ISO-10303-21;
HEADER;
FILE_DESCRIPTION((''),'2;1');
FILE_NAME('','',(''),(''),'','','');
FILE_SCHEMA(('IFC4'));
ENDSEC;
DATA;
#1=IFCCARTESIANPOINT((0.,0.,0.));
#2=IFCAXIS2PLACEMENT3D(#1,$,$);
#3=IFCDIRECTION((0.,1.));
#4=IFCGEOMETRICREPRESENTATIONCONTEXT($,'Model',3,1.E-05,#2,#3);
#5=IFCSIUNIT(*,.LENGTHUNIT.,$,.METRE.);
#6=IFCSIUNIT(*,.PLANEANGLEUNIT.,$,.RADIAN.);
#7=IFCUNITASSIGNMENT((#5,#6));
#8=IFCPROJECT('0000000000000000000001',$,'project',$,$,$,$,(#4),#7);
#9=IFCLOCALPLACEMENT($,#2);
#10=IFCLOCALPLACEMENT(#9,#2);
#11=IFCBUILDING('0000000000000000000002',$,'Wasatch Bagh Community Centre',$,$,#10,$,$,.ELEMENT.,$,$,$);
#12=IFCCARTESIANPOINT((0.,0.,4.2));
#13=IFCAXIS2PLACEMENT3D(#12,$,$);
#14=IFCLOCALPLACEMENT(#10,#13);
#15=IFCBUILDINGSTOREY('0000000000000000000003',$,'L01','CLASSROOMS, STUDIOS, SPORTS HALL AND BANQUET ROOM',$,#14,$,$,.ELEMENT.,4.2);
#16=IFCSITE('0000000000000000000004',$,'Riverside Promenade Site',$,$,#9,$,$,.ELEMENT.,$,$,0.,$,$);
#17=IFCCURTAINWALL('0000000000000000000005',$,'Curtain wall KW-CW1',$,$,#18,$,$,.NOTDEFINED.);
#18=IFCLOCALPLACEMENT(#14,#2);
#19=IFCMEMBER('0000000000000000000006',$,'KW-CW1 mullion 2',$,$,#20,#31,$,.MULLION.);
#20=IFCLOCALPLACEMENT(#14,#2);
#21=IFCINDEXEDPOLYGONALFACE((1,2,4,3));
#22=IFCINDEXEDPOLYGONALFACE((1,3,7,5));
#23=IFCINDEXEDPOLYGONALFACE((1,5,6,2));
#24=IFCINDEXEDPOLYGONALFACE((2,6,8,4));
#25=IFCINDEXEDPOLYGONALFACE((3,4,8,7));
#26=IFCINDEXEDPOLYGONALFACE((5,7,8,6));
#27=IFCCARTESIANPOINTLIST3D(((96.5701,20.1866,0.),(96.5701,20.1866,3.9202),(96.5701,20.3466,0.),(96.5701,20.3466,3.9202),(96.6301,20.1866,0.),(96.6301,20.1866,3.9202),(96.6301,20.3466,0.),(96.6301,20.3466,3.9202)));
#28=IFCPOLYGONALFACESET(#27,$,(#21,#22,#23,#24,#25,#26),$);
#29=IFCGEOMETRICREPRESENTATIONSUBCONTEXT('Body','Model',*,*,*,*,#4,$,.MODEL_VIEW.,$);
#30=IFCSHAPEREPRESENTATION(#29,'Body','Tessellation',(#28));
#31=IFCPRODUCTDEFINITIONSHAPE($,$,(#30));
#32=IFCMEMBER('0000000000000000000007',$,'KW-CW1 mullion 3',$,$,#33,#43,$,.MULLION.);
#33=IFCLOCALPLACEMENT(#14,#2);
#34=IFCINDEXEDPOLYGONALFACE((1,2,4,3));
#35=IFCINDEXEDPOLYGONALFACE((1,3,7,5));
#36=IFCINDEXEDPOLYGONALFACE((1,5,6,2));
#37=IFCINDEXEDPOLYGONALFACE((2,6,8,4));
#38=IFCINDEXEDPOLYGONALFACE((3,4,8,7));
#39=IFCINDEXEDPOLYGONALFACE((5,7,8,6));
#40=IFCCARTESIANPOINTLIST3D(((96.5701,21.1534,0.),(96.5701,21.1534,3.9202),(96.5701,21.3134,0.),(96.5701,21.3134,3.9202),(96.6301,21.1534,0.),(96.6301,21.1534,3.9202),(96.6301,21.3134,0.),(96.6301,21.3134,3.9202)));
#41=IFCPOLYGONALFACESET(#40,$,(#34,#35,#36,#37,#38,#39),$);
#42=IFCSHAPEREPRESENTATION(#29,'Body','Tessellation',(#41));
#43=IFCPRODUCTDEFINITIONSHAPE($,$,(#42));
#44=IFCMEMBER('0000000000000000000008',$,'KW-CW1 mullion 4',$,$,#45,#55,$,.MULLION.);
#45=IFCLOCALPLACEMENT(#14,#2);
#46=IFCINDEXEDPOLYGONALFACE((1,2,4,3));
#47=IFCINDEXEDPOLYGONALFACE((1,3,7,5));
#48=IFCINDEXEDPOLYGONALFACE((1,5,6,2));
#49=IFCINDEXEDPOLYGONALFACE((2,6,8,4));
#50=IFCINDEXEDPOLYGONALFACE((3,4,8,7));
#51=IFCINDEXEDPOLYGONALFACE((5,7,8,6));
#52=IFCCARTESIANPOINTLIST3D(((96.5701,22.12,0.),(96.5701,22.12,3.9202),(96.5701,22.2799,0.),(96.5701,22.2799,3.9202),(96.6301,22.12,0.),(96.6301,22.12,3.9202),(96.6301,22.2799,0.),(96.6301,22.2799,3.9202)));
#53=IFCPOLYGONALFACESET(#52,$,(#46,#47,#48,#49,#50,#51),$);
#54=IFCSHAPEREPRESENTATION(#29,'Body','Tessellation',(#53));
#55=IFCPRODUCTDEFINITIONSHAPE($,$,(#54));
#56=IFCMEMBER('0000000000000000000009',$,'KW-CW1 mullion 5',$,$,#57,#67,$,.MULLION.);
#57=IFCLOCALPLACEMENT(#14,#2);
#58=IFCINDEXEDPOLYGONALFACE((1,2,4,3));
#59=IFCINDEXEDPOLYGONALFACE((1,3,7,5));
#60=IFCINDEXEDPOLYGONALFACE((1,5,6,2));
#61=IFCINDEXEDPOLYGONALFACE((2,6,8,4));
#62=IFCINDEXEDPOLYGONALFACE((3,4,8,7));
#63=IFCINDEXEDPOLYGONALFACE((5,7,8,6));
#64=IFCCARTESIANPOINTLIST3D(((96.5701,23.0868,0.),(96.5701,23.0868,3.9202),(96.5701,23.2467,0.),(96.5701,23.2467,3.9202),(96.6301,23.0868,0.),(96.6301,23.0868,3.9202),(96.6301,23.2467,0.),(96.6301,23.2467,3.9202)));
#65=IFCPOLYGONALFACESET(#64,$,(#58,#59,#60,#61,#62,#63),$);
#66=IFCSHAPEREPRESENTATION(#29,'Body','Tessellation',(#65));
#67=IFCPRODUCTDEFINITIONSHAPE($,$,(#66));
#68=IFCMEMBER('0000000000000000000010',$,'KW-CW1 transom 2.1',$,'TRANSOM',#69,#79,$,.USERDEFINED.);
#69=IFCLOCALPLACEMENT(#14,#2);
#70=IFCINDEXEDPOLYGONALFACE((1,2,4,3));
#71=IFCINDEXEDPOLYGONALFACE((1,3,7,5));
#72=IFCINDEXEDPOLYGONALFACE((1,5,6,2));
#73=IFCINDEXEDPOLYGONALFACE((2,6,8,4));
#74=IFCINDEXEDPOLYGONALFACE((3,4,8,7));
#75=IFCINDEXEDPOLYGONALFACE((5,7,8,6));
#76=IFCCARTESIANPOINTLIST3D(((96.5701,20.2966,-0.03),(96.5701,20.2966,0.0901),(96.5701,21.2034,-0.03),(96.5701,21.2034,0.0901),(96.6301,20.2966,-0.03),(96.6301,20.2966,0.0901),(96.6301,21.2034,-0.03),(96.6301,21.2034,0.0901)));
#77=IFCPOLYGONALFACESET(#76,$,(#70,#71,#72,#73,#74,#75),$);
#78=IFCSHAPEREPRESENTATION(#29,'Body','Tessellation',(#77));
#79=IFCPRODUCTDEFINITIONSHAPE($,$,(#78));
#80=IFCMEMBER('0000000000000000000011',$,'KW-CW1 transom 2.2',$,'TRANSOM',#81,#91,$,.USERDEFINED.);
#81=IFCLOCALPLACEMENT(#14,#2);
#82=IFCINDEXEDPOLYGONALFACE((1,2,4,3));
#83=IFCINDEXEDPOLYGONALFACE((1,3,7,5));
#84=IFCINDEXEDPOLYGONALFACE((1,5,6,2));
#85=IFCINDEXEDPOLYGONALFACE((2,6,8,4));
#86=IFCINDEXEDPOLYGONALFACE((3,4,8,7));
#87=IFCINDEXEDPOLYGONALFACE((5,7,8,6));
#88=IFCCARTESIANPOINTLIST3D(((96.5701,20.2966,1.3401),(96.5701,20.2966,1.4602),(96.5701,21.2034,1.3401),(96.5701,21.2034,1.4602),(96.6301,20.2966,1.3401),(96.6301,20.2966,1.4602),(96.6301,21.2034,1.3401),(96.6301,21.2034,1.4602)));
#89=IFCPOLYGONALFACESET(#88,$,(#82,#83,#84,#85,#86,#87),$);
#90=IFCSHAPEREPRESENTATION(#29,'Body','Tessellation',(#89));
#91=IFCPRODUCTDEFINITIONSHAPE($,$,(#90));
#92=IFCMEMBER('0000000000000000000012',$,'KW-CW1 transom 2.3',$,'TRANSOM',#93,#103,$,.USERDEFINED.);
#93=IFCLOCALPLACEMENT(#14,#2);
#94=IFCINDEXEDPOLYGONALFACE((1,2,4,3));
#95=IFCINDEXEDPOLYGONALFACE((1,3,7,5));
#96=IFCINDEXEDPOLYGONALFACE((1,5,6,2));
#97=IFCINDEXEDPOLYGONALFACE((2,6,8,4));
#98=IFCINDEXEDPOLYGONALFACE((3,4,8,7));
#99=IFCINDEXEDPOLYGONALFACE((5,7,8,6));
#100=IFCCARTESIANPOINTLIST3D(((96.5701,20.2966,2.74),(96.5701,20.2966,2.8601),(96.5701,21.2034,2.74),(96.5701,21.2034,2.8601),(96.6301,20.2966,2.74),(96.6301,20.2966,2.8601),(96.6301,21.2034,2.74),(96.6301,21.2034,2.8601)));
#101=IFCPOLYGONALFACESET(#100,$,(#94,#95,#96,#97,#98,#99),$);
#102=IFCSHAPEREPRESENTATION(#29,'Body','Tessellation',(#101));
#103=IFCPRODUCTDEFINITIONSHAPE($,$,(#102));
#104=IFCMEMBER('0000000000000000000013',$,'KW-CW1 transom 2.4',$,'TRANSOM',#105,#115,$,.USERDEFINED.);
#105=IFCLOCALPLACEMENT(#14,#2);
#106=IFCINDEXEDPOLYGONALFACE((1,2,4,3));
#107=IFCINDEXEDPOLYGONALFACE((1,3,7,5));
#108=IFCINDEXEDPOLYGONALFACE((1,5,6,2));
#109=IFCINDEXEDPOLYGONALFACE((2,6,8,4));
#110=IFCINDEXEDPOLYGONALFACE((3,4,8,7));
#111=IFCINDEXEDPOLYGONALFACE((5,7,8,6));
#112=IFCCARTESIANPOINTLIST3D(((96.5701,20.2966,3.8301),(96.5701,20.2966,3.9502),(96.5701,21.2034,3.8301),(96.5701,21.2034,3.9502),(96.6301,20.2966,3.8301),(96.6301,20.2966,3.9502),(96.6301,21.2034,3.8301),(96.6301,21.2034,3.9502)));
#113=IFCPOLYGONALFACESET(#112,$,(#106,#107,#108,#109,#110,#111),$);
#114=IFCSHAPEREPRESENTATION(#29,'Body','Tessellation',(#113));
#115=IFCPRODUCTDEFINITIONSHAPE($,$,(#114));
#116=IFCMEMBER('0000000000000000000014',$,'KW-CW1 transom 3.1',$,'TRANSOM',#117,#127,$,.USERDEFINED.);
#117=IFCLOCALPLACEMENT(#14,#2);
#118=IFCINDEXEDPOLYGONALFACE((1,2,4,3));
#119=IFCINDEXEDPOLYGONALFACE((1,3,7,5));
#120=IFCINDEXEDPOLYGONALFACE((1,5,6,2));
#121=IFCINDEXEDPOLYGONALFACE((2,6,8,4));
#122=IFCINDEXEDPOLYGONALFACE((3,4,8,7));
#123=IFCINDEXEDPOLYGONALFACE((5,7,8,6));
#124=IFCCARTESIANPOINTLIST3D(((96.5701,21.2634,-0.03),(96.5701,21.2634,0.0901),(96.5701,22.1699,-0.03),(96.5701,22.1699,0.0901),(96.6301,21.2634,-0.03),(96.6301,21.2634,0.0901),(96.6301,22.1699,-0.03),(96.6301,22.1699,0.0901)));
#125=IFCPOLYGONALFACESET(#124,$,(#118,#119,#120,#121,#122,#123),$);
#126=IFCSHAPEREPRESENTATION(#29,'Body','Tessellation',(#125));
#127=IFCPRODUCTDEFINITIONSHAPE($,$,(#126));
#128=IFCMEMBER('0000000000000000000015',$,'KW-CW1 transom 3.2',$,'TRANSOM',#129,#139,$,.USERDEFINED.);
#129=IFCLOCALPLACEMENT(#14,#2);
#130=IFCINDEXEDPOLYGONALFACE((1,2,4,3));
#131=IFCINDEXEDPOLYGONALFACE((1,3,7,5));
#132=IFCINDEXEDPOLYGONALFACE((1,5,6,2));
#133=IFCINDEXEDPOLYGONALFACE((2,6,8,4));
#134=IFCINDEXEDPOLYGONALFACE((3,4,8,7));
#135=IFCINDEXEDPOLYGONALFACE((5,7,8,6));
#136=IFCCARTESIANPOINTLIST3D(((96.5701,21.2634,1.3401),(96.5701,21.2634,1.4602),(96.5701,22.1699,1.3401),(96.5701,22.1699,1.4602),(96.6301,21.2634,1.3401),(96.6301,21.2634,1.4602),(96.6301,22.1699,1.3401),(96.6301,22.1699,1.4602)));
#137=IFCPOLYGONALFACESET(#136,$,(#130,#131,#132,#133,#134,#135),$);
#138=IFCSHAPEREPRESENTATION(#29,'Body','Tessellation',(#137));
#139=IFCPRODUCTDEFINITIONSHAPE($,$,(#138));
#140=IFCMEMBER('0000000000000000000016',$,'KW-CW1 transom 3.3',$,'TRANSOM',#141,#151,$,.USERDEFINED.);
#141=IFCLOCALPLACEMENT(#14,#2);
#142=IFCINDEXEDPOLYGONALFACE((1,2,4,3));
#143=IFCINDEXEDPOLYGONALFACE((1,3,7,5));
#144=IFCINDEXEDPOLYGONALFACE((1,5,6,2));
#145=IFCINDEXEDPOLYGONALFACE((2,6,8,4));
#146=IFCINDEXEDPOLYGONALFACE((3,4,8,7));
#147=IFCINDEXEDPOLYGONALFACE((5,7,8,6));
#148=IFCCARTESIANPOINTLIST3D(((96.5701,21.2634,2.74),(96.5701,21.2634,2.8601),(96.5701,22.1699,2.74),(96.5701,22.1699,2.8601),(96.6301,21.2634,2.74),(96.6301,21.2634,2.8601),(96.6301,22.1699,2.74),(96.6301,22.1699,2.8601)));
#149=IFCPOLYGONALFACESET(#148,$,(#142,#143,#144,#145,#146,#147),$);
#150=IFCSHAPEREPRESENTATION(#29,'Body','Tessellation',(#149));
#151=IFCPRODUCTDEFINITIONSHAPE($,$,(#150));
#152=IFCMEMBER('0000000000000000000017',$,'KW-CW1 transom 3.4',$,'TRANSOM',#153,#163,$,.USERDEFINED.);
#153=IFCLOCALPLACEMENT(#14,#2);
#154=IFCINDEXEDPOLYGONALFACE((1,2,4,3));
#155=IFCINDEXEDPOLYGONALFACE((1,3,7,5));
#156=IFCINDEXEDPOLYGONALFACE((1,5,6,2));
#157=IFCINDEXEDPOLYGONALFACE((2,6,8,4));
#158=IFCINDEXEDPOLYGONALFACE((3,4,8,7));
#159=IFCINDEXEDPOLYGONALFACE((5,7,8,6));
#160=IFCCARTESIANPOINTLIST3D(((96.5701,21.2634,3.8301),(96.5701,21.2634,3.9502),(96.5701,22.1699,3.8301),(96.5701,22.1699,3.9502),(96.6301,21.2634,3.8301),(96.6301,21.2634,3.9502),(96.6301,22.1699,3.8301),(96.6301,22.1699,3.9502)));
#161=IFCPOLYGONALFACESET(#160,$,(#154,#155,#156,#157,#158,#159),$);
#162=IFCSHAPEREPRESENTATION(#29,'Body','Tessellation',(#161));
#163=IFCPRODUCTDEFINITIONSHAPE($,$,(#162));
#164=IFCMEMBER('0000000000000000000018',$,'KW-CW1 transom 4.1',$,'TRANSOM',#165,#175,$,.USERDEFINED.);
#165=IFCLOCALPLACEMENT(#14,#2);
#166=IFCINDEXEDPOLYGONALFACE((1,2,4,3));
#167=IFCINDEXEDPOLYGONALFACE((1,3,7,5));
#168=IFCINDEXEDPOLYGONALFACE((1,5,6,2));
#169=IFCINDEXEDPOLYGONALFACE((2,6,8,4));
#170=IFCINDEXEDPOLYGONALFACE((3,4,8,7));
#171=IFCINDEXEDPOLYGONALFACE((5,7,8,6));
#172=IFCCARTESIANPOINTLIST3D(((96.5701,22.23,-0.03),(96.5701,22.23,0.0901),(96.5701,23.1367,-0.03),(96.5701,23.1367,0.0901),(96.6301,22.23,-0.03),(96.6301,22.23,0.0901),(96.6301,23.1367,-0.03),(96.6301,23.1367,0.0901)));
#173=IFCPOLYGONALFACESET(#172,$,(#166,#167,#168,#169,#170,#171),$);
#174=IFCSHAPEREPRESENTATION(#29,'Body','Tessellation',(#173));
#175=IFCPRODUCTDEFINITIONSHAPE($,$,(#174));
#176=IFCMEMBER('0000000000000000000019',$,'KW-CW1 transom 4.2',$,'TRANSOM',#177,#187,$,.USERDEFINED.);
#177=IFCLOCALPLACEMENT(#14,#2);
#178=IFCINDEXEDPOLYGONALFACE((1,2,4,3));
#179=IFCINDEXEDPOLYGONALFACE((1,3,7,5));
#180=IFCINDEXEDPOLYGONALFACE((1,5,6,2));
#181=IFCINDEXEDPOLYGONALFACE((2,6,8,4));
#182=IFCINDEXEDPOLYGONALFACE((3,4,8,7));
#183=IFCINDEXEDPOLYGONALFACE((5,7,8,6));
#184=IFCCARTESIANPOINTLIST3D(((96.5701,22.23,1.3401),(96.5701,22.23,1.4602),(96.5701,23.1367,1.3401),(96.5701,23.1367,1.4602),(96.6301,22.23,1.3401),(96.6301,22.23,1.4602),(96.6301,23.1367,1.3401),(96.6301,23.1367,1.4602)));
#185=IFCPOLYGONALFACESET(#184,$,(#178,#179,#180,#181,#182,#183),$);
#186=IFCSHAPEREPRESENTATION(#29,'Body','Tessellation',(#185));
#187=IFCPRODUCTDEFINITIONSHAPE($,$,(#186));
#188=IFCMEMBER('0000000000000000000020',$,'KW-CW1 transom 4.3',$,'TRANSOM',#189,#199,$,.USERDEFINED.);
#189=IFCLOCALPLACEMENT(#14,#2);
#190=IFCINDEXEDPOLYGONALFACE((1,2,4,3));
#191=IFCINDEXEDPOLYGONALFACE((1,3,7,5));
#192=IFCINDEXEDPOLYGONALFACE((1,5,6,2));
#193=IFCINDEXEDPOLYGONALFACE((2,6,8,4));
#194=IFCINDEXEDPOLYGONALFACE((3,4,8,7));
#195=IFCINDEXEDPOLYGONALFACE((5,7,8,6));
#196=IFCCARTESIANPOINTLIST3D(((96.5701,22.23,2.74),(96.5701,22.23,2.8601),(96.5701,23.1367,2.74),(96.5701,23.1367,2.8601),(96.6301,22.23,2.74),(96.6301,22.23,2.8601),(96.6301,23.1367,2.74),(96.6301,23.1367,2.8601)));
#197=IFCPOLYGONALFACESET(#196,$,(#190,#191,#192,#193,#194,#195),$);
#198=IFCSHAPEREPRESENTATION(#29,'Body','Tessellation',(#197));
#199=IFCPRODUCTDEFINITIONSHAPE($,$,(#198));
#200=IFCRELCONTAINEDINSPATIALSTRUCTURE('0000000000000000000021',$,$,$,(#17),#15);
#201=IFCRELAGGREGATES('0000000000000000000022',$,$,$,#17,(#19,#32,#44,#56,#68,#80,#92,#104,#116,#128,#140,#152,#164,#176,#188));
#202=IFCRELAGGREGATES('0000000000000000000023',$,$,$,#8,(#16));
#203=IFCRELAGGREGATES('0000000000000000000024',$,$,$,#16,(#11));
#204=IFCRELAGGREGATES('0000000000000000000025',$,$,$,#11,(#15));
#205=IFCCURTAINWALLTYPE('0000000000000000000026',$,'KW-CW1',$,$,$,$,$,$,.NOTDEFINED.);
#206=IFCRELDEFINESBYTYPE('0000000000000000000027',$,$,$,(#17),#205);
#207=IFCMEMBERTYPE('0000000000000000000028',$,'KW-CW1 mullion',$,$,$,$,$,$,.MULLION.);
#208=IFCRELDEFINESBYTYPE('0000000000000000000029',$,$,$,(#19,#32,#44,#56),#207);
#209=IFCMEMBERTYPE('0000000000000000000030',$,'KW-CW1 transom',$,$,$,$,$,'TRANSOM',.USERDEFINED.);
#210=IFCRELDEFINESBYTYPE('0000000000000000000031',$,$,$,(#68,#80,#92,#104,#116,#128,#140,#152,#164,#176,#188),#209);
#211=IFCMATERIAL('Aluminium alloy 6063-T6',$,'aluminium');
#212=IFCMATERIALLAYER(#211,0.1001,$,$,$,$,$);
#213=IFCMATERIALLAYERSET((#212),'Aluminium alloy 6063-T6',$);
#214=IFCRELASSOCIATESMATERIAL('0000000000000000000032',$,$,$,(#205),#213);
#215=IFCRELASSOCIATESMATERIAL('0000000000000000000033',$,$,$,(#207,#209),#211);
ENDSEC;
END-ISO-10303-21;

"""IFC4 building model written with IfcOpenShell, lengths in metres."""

from ifc_helpers import new_model, si_unit, direction, frame, origin, origin_2d, place, context, subcontext, project, spatial, rectangle, extrude, material, layer, layer_set, material_profile, profile_set, type_object, element, aggregate, save


model = new_model("IFC4")

# Units and contexts
model_context = context("Model", 3, precision=1e-05, world=origin(), true_north=direction((0.0, 1.0)))
body_context = subcontext(model_context, "Body", "Model", "MODEL_VIEW")
ifc_project = project(units=[si_unit("LENGTHUNIT", "METRE"), si_unit("PLANEANGLEUNIT", "RADIAN")], contexts=[model_context])

# Site, building, storey
site_placement = place(None, origin())
site = spatial("IfcSite", under=ifc_project, at=site_placement, Name="Riverside Promenade Site", CompositionType="ELEMENT", RefElevation=0.0)
building_placement = place(site_placement, origin())
building = spatial("IfcBuilding", under=site, at=building_placement, Name="Wasatch Bagh Community Centre", CompositionType="ELEMENT")
storey_placement = place(building_placement, frame((0.0, 0.0, 4.2)))
storey = spatial("IfcBuildingStorey", under=building, at=storey_placement, Name="L01", Description="CLASSROOMS, STUDIOS, SPORTS HALL AND BANQUET ROOM", CompositionType="ELEMENT", Elevation=4.2)

# Curtain wall, members
ifc_material_1 = material(Name="Aluminium alloy 6063-T6", Category="aluminium")
ifc_layer_1 = layer(ifc_material_1, 0.1001)
ifc_layer_set_1 = layer_set([ifc_layer_1], Name="Aluminium alloy 6063-T6")
curtain_wall_type_1 = type_object("IfcCurtainWallType", Name="KW-CW1", PredefinedType="NOTDEFINED", material=ifc_layer_set_1)
curtain_wall_1_placement = place(storey_placement, origin())
curtain_wall_1 = element("IfcCurtainWall", 1, at=curtain_wall_1_placement, inside=storey, type_object=curtain_wall_type_1, Name="Curtain wall KW-CW1", PredefinedType="NOTDEFINED")
ifc_material_profile_1 = material_profile(ifc_material_1, rectangle(XDim=0.0601, YDim=0.1599, at=origin_2d()), Name="AL 60x160")
ifc_profile_set_1 = profile_set([ifc_material_profile_1], Name="Aluminium alloy 6063-T6")
member_type_1 = type_object("IfcMemberType", Name="KW-CW1 mullion", PredefinedType="MULLION", material=ifc_profile_set_1)
member_1_placement = place(storey_placement, frame((96.6001, 20.2666, 0.0), z_axis=(0.0, 0.0, 1.0), x_axis=(-1.0, 0.0, 0.0)))
member_1 = element("IfcMember", 2, at=member_1_placement, type_object=member_type_1, Name="KW-CW1 mullion 2", PredefinedType="MULLION", context=body_context, shape_type="SweptSolid", body=[
    extrude(rectangle(XDim=0.0601, YDim=0.1599, at=origin_2d()), origin(), (0.0, 0.0, 1.0), 3.9202),
])
member_2_placement = place(storey_placement, frame((96.6001, 21.2334, 0.0), z_axis=(0.0, 0.0, 1.0), x_axis=(-1.0, 0.0, 0.0)))
member_2 = element("IfcMember", 3, at=member_2_placement, type_object=member_type_1, Name="KW-CW1 mullion 3", PredefinedType="MULLION", context=body_context, shape_type="SweptSolid", body=[
    extrude(rectangle(XDim=0.0601, YDim=0.1599, at=origin_2d()), origin(), (0.0, 0.0, 1.0), 3.9202),
])
member_3_placement = place(storey_placement, frame((96.6001, 22.2, 0.0), z_axis=(0.0, 0.0, 1.0), x_axis=(-1.0, 0.0, 0.0)))
member_3 = element("IfcMember", 4, at=member_3_placement, type_object=member_type_1, Name="KW-CW1 mullion 4", PredefinedType="MULLION", context=body_context, shape_type="SweptSolid", body=[
    extrude(rectangle(XDim=0.0601, YDim=0.1599, at=origin_2d()), origin(), (0.0, 0.0, 1.0), 3.9202),
])
member_4_placement = place(storey_placement, frame((96.6001, 23.1667, 0.0), z_axis=(0.0, 0.0, 1.0), x_axis=(-1.0, 0.0, 0.0)))
member_4 = element("IfcMember", 5, at=member_4_placement, type_object=member_type_1, Name="KW-CW1 mullion 5", PredefinedType="MULLION", context=body_context, shape_type="SweptSolid", body=[
    extrude(rectangle(XDim=0.0601, YDim=0.1599, at=origin_2d()), origin(), (0.0, 0.0, 1.0), 3.9202),
])
ifc_material_profile_2 = material_profile(ifc_material_1, rectangle(XDim=0.0601, YDim=0.1201, at=origin_2d()), Name="AL 60x120")
ifc_profile_set_2 = profile_set([ifc_material_profile_2], Name="Aluminium alloy 6063-T6")
member_type_2 = type_object("IfcMemberType", Name="KW-CW1 transom", ElementType="TRANSOM", PredefinedType="USERDEFINED", material=ifc_profile_set_2)
member_5_placement = place(storey_placement, frame((96.6001, 20.2966, 0.03), z_axis=(0.0, 1.0, 0.0), x_axis=(-1.0, 0.0, 0.0)))
member_5 = element("IfcMember", 6, at=member_5_placement, type_object=member_type_2, Name="KW-CW1 transom 2.1", ObjectType="TRANSOM", PredefinedType="USERDEFINED", context=body_context, shape_type="SweptSolid", body=[
    extrude(rectangle(XDim=0.0601, YDim=0.1201, at=origin_2d()), origin(), (0.0, 0.0, 1.0), 0.9067),
])
member_6_placement = place(storey_placement, frame((96.6001, 20.2966, 1.4001), z_axis=(0.0, 1.0, 0.0), x_axis=(-1.0, 0.0, 0.0)))
member_6 = element("IfcMember", 7, at=member_6_placement, type_object=member_type_2, Name="KW-CW1 transom 2.2", ObjectType="TRANSOM", PredefinedType="USERDEFINED", context=body_context, shape_type="SweptSolid", body=[
    extrude(rectangle(XDim=0.0601, YDim=0.1201, at=origin_2d()), origin(), (0.0, 0.0, 1.0), 0.9067),
])
member_7_placement = place(storey_placement, frame((96.6001, 20.2966, 2.8), z_axis=(0.0, 1.0, 0.0), x_axis=(-1.0, 0.0, 0.0)))
member_7 = element("IfcMember", 8, at=member_7_placement, type_object=member_type_2, Name="KW-CW1 transom 2.3", ObjectType="TRANSOM", PredefinedType="USERDEFINED", context=body_context, shape_type="SweptSolid", body=[
    extrude(rectangle(XDim=0.0601, YDim=0.1201, at=origin_2d()), origin(), (0.0, 0.0, 1.0), 0.9067),
])
member_8_placement = place(storey_placement, frame((96.6001, 20.2966, 3.8901), z_axis=(0.0, 1.0, 0.0), x_axis=(-1.0, 0.0, 0.0)))
member_8 = element("IfcMember", 9, at=member_8_placement, type_object=member_type_2, Name="KW-CW1 transom 2.4", ObjectType="TRANSOM", PredefinedType="USERDEFINED", context=body_context, shape_type="SweptSolid", body=[
    extrude(rectangle(XDim=0.0601, YDim=0.1201, at=origin_2d()), origin(), (0.0, 0.0, 1.0), 0.9067),
])
member_9_placement = place(storey_placement, frame((96.6001, 21.2634, 0.03), z_axis=(0.0, 1.0, 0.0), x_axis=(-1.0, 0.0, 0.0)))
member_9 = element("IfcMember", 10, at=member_9_placement, type_object=member_type_2, Name="KW-CW1 transom 3.1", ObjectType="TRANSOM", PredefinedType="USERDEFINED", context=body_context, shape_type="SweptSolid", body=[
    extrude(rectangle(XDim=0.0601, YDim=0.1201, at=origin_2d()), origin(), (0.0, 0.0, 1.0), 0.9065),
])
member_10_placement = place(storey_placement, frame((96.6001, 21.2634, 1.4001), z_axis=(0.0, 1.0, 0.0), x_axis=(-1.0, 0.0, 0.0)))
member_10 = element("IfcMember", 11, at=member_10_placement, type_object=member_type_2, Name="KW-CW1 transom 3.2", ObjectType="TRANSOM", PredefinedType="USERDEFINED", context=body_context, shape_type="SweptSolid", body=[
    extrude(rectangle(XDim=0.0601, YDim=0.1201, at=origin_2d()), origin(), (0.0, 0.0, 1.0), 0.9065),
])
member_11_placement = place(storey_placement, frame((96.6001, 21.2634, 2.8), z_axis=(0.0, 1.0, 0.0), x_axis=(-1.0, 0.0, 0.0)))
member_11 = element("IfcMember", 12, at=member_11_placement, type_object=member_type_2, Name="KW-CW1 transom 3.3", ObjectType="TRANSOM", PredefinedType="USERDEFINED", context=body_context, shape_type="SweptSolid", body=[
    extrude(rectangle(XDim=0.0601, YDim=0.1201, at=origin_2d()), origin(), (0.0, 0.0, 1.0), 0.9065),
])
member_12_placement = place(storey_placement, frame((96.6001, 21.2634, 3.8901), z_axis=(0.0, 1.0, 0.0), x_axis=(-1.0, 0.0, 0.0)))
member_12 = element("IfcMember", 13, at=member_12_placement, type_object=member_type_2, Name="KW-CW1 transom 3.4", ObjectType="TRANSOM", PredefinedType="USERDEFINED", context=body_context, shape_type="SweptSolid", body=[
    extrude(rectangle(XDim=0.0601, YDim=0.1201, at=origin_2d()), origin(), (0.0, 0.0, 1.0), 0.9065),
])
member_13_placement = place(storey_placement, frame((96.6001, 22.23, 0.03), z_axis=(0.0, 1.0, 0.0), x_axis=(-1.0, 0.0, 0.0)))
member_13 = element("IfcMember", 14, at=member_13_placement, type_object=member_type_2, Name="KW-CW1 transom 4.1", ObjectType="TRANSOM", PredefinedType="USERDEFINED", context=body_context, shape_type="SweptSolid", body=[
    extrude(rectangle(XDim=0.0601, YDim=0.1201, at=origin_2d()), origin(), (0.0, 0.0, 1.0), 0.9067),
])
member_14_placement = place(storey_placement, frame((96.6001, 22.23, 1.4001), z_axis=(0.0, 1.0, 0.0), x_axis=(-1.0, 0.0, 0.0)))
member_14 = element("IfcMember", 15, at=member_14_placement, type_object=member_type_2, Name="KW-CW1 transom 4.2", ObjectType="TRANSOM", PredefinedType="USERDEFINED", context=body_context, shape_type="SweptSolid", body=[
    extrude(rectangle(XDim=0.0601, YDim=0.1201, at=origin_2d()), origin(), (0.0, 0.0, 1.0), 0.9067),
])
member_15_placement = place(storey_placement, frame((96.6001, 22.23, 2.8), z_axis=(0.0, 1.0, 0.0), x_axis=(-1.0, 0.0, 0.0)))
member_15 = element("IfcMember", 16, at=member_15_placement, type_object=member_type_2, Name="KW-CW1 transom 4.3", ObjectType="TRANSOM", PredefinedType="USERDEFINED", context=body_context, shape_type="SweptSolid", body=[
    extrude(rectangle(XDim=0.0601, YDim=0.1201, at=origin_2d()), origin(), (0.0, 0.0, 1.0), 0.9067),
])
aggregate(curtain_wall_1, [member_1, member_2, member_3, member_4, member_5, member_6, member_7, member_8, member_9, member_10, member_11, member_12, member_13, member_14, member_15])

save(model, "model.ifc")
